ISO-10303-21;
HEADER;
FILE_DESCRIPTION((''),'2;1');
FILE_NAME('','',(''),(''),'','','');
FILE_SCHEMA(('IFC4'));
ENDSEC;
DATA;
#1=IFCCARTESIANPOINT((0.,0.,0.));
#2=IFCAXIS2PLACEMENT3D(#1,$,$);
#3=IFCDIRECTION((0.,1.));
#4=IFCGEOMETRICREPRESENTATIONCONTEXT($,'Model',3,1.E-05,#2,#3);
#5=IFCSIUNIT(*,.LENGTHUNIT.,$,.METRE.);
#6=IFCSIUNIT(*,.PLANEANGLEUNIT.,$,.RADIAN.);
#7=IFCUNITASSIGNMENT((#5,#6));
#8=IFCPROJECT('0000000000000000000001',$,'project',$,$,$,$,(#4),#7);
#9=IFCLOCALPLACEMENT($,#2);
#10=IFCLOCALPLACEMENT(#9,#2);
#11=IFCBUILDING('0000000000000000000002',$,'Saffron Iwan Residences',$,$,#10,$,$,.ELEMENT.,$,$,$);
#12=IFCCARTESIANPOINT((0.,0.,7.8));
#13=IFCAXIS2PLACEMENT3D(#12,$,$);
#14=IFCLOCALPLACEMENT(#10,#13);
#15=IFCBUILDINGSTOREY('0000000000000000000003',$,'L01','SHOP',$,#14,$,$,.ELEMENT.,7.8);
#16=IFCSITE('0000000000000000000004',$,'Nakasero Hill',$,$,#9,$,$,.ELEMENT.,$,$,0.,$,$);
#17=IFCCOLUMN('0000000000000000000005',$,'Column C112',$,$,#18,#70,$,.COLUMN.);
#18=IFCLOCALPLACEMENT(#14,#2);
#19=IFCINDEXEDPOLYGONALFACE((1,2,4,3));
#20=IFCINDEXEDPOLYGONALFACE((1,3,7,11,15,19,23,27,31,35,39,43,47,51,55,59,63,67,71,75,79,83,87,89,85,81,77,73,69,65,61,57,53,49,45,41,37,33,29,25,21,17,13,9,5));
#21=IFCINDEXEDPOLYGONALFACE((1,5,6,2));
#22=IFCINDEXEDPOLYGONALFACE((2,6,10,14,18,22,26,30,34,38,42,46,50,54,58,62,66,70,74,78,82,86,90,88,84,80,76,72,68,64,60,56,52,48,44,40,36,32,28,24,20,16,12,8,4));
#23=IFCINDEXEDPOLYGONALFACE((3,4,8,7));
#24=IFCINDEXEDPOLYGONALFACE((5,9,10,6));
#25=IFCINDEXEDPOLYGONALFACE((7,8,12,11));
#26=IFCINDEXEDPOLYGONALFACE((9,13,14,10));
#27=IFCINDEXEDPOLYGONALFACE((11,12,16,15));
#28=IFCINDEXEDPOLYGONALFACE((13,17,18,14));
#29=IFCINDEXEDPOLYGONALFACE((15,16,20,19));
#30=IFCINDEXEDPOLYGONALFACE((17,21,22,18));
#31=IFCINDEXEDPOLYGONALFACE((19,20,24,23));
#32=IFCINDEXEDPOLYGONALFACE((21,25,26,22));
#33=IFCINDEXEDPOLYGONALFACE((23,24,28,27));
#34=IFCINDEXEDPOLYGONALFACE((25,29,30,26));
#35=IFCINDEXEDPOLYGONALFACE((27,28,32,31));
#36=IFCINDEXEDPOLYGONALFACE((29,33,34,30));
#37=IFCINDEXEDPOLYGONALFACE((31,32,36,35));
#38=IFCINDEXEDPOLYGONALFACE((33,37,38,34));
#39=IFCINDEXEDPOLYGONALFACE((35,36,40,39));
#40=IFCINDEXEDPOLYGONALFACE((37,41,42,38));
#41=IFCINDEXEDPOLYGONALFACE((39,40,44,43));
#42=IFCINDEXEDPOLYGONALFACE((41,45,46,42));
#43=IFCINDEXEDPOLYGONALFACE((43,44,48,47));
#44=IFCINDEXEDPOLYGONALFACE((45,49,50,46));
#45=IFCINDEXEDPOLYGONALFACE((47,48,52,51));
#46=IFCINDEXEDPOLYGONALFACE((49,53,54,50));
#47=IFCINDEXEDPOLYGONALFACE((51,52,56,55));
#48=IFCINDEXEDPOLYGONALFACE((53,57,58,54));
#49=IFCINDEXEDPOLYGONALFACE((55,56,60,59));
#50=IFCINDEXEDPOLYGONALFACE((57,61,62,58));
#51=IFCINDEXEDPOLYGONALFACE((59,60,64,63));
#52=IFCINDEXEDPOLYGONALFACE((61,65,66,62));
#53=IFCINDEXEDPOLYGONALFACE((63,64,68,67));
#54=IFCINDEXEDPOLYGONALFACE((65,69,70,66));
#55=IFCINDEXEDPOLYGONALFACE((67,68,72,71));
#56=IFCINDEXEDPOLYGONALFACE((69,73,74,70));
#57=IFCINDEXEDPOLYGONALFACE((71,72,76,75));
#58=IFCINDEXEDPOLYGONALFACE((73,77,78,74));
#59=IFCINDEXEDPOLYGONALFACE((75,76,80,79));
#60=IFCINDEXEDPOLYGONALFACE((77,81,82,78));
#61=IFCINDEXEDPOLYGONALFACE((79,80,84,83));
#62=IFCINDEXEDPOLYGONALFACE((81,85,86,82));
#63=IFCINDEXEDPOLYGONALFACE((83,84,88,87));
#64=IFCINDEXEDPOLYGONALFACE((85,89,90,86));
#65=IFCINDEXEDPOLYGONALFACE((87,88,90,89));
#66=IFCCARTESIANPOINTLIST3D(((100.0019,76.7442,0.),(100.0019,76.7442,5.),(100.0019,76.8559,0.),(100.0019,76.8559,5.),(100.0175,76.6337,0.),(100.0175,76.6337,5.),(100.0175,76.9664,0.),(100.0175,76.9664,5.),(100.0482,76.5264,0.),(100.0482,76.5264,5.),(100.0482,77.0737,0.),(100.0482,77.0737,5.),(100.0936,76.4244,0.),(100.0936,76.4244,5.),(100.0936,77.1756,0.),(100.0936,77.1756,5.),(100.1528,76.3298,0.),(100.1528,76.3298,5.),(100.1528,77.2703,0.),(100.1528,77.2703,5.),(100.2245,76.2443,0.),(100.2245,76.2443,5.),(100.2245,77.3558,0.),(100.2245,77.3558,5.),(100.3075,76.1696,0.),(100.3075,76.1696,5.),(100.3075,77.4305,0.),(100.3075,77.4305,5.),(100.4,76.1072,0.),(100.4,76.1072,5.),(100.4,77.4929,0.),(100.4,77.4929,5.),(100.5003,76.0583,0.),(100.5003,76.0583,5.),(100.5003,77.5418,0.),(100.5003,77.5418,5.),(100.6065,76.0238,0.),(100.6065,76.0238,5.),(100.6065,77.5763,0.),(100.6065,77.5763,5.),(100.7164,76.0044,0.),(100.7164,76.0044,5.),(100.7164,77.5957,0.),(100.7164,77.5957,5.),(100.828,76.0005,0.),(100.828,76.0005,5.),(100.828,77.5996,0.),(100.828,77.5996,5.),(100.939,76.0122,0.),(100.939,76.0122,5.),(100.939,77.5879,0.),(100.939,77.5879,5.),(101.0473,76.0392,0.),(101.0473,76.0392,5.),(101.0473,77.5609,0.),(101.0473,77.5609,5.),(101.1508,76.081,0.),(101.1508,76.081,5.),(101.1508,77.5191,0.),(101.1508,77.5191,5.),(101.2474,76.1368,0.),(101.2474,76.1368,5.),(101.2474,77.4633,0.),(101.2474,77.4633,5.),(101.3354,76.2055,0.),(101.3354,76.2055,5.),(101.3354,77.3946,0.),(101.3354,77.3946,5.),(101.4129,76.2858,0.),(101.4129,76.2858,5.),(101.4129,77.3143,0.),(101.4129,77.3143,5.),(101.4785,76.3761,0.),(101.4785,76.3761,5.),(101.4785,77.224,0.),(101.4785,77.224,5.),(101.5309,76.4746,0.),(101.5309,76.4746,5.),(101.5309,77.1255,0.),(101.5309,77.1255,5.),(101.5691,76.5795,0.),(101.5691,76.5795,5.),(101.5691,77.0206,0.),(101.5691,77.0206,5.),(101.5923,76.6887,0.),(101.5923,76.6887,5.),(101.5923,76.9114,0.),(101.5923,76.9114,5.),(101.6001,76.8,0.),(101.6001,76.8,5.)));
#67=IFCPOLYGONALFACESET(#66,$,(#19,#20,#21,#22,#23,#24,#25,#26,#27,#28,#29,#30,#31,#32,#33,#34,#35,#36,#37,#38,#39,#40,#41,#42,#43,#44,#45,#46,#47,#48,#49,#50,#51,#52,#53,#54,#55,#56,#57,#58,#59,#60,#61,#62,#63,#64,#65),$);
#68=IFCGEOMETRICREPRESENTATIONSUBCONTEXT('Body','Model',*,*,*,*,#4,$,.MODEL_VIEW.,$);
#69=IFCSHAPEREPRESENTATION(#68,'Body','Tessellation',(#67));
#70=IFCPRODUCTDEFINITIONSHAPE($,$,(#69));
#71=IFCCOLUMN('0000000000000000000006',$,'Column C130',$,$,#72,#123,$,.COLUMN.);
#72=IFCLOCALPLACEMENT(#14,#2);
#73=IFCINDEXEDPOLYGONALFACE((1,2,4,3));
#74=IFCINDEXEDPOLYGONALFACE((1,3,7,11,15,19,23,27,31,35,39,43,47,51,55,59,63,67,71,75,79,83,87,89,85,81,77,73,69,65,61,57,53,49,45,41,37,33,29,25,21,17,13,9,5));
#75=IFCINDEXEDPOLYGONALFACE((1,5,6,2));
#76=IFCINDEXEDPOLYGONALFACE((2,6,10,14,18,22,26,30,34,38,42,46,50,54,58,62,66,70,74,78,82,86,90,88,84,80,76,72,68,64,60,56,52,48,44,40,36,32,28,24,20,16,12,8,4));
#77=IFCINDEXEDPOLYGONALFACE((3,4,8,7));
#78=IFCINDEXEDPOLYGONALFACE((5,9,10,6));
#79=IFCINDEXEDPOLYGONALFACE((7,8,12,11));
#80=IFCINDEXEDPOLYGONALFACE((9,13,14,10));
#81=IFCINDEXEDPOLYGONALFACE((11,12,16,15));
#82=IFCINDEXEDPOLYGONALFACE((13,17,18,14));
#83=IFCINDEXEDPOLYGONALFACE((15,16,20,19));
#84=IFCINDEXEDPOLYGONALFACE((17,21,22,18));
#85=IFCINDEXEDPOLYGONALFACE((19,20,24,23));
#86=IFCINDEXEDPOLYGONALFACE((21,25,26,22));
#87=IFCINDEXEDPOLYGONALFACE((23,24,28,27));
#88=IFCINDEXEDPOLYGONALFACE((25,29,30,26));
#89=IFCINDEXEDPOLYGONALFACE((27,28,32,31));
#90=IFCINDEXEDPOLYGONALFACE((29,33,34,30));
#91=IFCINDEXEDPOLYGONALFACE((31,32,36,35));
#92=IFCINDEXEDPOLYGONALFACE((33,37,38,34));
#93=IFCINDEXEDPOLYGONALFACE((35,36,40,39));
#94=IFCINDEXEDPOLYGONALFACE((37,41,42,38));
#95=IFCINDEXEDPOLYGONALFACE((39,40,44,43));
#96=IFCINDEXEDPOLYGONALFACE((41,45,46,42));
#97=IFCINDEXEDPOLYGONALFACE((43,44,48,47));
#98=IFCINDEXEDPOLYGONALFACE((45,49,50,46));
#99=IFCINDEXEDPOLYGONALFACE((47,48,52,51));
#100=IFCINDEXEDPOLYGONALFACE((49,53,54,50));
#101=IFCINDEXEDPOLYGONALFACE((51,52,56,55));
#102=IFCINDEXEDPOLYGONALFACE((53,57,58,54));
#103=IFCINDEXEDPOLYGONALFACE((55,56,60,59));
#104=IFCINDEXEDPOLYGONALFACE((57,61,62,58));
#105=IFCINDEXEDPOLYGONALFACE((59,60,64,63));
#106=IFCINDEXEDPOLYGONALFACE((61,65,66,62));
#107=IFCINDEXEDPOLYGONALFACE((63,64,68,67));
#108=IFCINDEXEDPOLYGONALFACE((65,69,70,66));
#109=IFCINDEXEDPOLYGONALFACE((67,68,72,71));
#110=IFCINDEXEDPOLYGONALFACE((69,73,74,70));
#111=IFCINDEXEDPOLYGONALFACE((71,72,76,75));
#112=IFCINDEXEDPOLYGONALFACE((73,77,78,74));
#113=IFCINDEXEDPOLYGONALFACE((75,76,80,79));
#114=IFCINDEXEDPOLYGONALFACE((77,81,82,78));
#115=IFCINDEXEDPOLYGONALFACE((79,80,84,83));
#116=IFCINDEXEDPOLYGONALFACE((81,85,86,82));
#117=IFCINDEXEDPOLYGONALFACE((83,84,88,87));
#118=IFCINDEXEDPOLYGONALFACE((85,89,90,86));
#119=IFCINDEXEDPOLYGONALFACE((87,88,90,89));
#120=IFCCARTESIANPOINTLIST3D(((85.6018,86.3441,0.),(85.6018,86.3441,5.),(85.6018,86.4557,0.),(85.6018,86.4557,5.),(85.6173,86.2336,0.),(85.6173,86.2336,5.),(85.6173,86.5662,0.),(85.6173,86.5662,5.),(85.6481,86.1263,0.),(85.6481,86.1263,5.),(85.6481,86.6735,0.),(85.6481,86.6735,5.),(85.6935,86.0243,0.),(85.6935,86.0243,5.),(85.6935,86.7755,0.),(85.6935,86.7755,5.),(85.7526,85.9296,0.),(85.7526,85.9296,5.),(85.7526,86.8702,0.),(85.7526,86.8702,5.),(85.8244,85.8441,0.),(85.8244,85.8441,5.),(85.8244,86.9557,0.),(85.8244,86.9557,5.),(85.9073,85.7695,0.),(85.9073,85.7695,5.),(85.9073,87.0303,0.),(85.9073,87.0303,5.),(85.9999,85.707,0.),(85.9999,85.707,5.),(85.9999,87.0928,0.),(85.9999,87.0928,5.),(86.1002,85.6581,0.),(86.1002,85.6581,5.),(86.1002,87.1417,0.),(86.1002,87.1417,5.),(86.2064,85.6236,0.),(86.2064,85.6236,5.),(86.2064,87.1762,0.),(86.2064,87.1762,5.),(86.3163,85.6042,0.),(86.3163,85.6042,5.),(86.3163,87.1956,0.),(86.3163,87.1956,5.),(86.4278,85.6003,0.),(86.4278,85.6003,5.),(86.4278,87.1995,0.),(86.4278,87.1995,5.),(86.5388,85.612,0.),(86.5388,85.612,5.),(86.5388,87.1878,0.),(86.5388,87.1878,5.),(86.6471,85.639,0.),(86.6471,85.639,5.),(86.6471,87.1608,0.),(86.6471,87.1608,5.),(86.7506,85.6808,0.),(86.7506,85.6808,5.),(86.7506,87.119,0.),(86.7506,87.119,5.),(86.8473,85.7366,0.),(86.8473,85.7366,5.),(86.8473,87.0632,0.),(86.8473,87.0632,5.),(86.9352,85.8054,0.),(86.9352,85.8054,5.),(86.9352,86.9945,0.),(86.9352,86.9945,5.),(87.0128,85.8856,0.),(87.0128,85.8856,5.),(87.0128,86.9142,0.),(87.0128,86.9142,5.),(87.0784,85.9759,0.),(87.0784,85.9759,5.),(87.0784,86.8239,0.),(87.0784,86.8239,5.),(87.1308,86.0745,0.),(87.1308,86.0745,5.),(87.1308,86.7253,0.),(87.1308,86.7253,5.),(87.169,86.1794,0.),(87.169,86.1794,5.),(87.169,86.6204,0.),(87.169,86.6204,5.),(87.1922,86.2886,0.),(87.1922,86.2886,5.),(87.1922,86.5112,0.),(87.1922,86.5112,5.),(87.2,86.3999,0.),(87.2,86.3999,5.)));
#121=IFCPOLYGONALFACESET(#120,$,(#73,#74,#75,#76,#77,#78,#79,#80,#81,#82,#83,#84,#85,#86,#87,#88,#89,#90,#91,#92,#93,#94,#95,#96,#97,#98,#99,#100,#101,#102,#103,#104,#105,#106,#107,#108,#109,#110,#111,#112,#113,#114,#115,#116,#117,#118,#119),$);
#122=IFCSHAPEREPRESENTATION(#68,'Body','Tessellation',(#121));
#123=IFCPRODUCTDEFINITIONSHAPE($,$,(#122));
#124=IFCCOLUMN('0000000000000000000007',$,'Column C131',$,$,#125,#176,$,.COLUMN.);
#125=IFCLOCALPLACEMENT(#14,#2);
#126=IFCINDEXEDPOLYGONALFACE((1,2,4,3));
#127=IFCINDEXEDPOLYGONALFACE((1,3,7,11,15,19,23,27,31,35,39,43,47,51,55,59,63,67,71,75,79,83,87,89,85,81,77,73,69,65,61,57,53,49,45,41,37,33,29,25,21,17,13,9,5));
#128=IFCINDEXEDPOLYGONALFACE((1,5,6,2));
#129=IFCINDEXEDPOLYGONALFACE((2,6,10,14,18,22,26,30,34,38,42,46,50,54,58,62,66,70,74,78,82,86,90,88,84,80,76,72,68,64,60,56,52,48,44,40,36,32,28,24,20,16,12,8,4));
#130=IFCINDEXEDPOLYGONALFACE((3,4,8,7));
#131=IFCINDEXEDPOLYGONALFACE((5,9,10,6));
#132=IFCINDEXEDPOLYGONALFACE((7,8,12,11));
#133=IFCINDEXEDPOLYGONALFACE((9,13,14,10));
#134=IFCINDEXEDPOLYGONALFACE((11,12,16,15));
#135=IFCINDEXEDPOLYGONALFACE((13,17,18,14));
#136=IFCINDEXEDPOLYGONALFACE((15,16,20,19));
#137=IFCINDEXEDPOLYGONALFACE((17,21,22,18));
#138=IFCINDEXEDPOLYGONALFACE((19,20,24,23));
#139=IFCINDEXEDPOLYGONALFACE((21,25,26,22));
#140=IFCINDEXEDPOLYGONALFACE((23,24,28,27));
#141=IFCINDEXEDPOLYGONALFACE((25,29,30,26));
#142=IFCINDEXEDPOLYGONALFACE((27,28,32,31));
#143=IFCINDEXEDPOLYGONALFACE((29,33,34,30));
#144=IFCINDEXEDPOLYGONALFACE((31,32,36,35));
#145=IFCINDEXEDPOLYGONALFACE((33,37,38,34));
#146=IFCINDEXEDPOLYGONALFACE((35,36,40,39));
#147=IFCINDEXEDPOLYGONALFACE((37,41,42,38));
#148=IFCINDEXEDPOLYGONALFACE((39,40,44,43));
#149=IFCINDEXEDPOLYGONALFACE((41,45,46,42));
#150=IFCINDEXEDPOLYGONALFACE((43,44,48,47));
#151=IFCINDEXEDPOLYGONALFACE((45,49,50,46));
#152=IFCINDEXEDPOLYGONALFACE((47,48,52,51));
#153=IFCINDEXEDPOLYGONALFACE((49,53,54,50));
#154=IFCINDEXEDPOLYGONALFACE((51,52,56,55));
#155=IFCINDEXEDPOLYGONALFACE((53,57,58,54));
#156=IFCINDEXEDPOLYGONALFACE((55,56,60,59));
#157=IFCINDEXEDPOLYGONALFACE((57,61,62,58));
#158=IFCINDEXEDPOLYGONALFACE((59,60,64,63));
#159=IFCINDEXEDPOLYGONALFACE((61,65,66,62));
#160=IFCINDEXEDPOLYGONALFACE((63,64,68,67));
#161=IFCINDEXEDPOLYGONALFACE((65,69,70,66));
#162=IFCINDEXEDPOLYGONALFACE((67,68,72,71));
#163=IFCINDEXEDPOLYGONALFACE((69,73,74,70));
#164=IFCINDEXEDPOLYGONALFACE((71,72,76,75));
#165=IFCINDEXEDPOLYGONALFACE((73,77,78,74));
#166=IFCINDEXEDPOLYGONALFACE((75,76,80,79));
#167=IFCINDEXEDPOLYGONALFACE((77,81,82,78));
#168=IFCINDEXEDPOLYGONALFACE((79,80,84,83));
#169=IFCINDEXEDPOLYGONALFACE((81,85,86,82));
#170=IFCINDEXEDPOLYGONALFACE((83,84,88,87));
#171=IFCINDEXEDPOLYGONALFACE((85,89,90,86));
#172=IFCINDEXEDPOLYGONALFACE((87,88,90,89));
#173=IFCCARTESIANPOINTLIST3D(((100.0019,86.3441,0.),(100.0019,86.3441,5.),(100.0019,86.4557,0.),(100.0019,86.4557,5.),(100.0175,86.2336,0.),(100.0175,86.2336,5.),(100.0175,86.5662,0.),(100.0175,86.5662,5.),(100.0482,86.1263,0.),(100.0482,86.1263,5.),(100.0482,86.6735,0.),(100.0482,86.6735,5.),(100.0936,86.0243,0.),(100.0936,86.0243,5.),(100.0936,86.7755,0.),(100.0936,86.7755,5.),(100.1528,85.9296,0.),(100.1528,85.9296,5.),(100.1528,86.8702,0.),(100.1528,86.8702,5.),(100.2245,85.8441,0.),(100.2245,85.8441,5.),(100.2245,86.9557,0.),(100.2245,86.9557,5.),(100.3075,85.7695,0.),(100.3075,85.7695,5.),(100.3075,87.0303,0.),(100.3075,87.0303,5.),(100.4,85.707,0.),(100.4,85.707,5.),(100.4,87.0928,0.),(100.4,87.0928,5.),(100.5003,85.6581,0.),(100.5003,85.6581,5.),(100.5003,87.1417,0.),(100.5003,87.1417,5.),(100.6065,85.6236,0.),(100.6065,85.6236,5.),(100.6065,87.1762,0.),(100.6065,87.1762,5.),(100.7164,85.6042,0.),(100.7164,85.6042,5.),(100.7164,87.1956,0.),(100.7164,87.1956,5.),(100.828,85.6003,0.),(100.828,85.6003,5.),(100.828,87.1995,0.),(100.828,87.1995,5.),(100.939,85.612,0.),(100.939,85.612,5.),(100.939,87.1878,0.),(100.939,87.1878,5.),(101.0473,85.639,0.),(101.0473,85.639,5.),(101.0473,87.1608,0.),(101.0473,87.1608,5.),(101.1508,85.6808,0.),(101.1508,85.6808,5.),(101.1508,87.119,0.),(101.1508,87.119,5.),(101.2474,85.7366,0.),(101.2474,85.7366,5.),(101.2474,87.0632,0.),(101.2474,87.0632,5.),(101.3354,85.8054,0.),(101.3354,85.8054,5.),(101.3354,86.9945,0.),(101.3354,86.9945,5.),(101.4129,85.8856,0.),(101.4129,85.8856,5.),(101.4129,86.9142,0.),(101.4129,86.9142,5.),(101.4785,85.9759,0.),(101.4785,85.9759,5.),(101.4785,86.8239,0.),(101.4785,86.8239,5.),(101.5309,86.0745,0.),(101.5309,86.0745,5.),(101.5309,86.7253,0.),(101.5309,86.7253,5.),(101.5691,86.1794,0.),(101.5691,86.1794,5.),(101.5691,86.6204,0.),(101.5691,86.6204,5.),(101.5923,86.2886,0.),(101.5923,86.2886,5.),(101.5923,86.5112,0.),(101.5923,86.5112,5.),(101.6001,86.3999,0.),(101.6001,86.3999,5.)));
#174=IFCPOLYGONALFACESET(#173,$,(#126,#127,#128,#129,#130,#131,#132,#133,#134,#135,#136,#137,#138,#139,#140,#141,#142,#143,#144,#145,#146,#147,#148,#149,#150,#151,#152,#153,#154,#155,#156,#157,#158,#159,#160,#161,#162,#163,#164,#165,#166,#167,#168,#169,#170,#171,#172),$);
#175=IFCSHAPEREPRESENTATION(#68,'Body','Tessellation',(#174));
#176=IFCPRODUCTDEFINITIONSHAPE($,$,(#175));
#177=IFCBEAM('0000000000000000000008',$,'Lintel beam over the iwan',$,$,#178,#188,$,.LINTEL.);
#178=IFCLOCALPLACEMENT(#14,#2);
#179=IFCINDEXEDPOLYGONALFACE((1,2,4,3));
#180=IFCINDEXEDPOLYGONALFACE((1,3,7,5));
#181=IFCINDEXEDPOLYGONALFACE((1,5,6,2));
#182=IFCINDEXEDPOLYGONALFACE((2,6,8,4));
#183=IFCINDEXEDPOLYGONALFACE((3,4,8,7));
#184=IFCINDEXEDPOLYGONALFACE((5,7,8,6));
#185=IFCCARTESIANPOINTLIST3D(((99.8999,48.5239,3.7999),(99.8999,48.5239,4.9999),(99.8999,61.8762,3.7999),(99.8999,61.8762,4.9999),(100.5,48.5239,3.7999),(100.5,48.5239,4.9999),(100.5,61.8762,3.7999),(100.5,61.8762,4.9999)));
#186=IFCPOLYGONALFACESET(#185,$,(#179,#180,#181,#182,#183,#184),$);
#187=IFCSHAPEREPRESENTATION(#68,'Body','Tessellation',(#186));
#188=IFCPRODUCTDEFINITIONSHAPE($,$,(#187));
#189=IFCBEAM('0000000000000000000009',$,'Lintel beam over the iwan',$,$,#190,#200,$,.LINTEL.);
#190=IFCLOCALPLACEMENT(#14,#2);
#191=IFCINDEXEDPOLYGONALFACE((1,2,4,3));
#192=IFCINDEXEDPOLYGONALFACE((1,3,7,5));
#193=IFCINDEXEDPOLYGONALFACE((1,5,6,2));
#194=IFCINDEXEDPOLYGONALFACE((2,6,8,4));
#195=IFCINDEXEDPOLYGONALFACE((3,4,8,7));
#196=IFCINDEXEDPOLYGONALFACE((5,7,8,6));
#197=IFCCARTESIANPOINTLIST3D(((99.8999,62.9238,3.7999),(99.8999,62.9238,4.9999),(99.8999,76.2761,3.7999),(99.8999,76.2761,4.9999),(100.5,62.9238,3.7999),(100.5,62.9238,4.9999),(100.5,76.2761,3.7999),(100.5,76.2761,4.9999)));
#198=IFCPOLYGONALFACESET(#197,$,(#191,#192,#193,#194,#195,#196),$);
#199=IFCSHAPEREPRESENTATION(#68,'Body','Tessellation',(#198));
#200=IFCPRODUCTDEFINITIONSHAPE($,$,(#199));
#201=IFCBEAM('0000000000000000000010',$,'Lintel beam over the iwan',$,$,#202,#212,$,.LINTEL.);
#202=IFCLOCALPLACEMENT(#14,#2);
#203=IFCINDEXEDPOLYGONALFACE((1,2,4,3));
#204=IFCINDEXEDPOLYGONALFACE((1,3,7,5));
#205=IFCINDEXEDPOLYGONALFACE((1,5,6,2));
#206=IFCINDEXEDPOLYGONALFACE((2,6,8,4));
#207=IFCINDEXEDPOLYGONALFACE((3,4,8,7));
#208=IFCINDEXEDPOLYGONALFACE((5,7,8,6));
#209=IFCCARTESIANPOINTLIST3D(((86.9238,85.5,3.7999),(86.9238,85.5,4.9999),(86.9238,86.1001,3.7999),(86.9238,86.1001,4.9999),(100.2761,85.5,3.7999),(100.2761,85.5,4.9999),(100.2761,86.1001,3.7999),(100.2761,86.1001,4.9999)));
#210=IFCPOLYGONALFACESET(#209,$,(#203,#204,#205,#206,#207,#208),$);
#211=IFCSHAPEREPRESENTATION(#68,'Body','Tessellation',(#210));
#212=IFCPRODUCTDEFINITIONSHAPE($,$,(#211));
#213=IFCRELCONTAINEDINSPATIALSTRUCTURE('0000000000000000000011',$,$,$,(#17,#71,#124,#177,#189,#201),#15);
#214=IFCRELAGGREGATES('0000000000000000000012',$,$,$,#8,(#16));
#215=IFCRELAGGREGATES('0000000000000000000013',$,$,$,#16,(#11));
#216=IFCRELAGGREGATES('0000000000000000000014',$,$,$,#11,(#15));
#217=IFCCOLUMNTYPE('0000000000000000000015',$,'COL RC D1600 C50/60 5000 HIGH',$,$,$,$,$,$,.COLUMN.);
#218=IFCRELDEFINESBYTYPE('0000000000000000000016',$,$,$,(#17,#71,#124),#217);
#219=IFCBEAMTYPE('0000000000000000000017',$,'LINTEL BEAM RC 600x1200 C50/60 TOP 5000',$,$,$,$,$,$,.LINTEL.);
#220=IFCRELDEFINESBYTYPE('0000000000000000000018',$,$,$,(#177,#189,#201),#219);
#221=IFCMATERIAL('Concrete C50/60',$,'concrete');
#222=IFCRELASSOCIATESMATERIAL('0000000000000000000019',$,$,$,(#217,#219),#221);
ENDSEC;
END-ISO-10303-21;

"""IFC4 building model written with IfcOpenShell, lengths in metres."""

from ifc_helpers import new_model, si_unit, direction, frame, origin, origin_2d, place, context, subcontext, project, spatial, rectangle, circle, extrude, source, transform, mapped, material, material_profile, profile_set, type_object, element, save


model = new_model("IFC4")

# Units and contexts
model_context = context("Model", 3, precision=1e-05, world=origin(), true_north=direction((0.0, 1.0)))
body_context = subcontext(model_context, "Body", "Model", "MODEL_VIEW")
ifc_project = project(units=[si_unit("LENGTHUNIT", "METRE"), si_unit("PLANEANGLEUNIT", "RADIAN")], contexts=[model_context])

# Site, building, storey
site_placement = place(None, origin())
site = spatial("IfcSite", under=ifc_project, at=site_placement, Name="Nakasero Hill", CompositionType="ELEMENT", RefElevation=0.0)
building_placement = place(site_placement, origin())
building = spatial("IfcBuilding", under=site, at=building_placement, Name="Saffron Iwan Residences", CompositionType="ELEMENT")
storey_placement = place(building_placement, frame((0.0, 0.0, 7.8)))
storey = spatial("IfcBuildingStorey", under=building, at=storey_placement, Name="L01", Description="SHOP", CompositionType="ELEMENT", Elevation=7.8)

# Columns
ifc_material_1 = material(Name="Concrete C50/60", Category="concrete")
ifc_material_profile_1 = material_profile(ifc_material_1, circle(Radius=0.8, at=origin_2d()), Name="RC D1600")
ifc_profile_set_1 = profile_set([ifc_material_profile_1], Name="Concrete C50/60")
column_type = type_object("IfcColumnType", Name="COL RC D1600 C50/60 5000 HIGH", PredefinedType="COLUMN", material=ifc_profile_set_1)
shared_shape_1 = source(origin(), body_context, "Body", "SweptSolid", [
    extrude(circle(Radius=0.8, at=origin_2d()), origin(), (0.0, 0.0, 1.0), 5.0),
])
for number, where, z_axis, x_axis, name in (
    (1, (100.8, 76.8, 0.0), (0.0, 0.0, 1.0), (1.0, 0.0, 0.0), "Column C112"),
    (2, (86.3999, 86.3999, 0.0), (0.0, 0.0, 1.0), (1.0, 0.0, 0.0), "Column C130"),
    (3, (100.8, 86.3999, 0.0), (0.0, 0.0, 1.0), (1.0, 0.0, 0.0), "Column C131"),
):
    element("IfcColumn", number, at=place(storey_placement, frame(where, z_axis=z_axis, x_axis=x_axis)), inside=storey, type_object=column_type, Name=name, PredefinedType="COLUMN", context=body_context, shape_type="MappedRepresentation", body=[
        mapped(shared_shape_1, transform((0.0, 0.0, 0.0))),
    ])

# Beams
ifc_material_profile_2 = material_profile(ifc_material_1, rectangle(XDim=0.6001, YDim=1.2, at=origin_2d()), Name="RC 600x1200")
ifc_profile_set_2 = profile_set([ifc_material_profile_2], Name="Concrete C50/60")
beam_type_1 = type_object("IfcBeamType", Name="LINTEL BEAM RC 600x1200 C50/60 TOP 5000", PredefinedType="LINTEL", material=ifc_profile_set_2)
shared_shape_2 = source(origin(), body_context, "Body", "SweptSolid", [
    extrude(rectangle(XDim=0.6001, YDim=1.2, at=origin_2d()), origin(), (0.0, 0.0, 1.0), 13.3523),
])
for number, where, z_axis, x_axis, name in (
    (4, (100.2, 61.8762, 4.3999), (0.0, -1.0, 0.0), (1.0, 0.0, 0.0), "Lintel beam over the iwan"),
    (5, (100.2, 76.2761, 4.3999), (0.0, -1.0, 0.0), (1.0, 0.0, 0.0), "Lintel beam over the iwan"),
    (6, (86.9238, 85.8, 4.3999), (1.0, 0.0, 0.0), (0.0, 1.0, 0.0), "Lintel beam over the iwan"),
):
    element("IfcBeam", number, at=place(storey_placement, frame(where, z_axis=z_axis, x_axis=x_axis)), inside=storey, type_object=beam_type_1, Name=name, PredefinedType="LINTEL", context=body_context, shape_type="MappedRepresentation", body=[
        mapped(shared_shape_2, transform((0.0, 0.0, 0.0))),
    ])

save(model, "model.ifc")
